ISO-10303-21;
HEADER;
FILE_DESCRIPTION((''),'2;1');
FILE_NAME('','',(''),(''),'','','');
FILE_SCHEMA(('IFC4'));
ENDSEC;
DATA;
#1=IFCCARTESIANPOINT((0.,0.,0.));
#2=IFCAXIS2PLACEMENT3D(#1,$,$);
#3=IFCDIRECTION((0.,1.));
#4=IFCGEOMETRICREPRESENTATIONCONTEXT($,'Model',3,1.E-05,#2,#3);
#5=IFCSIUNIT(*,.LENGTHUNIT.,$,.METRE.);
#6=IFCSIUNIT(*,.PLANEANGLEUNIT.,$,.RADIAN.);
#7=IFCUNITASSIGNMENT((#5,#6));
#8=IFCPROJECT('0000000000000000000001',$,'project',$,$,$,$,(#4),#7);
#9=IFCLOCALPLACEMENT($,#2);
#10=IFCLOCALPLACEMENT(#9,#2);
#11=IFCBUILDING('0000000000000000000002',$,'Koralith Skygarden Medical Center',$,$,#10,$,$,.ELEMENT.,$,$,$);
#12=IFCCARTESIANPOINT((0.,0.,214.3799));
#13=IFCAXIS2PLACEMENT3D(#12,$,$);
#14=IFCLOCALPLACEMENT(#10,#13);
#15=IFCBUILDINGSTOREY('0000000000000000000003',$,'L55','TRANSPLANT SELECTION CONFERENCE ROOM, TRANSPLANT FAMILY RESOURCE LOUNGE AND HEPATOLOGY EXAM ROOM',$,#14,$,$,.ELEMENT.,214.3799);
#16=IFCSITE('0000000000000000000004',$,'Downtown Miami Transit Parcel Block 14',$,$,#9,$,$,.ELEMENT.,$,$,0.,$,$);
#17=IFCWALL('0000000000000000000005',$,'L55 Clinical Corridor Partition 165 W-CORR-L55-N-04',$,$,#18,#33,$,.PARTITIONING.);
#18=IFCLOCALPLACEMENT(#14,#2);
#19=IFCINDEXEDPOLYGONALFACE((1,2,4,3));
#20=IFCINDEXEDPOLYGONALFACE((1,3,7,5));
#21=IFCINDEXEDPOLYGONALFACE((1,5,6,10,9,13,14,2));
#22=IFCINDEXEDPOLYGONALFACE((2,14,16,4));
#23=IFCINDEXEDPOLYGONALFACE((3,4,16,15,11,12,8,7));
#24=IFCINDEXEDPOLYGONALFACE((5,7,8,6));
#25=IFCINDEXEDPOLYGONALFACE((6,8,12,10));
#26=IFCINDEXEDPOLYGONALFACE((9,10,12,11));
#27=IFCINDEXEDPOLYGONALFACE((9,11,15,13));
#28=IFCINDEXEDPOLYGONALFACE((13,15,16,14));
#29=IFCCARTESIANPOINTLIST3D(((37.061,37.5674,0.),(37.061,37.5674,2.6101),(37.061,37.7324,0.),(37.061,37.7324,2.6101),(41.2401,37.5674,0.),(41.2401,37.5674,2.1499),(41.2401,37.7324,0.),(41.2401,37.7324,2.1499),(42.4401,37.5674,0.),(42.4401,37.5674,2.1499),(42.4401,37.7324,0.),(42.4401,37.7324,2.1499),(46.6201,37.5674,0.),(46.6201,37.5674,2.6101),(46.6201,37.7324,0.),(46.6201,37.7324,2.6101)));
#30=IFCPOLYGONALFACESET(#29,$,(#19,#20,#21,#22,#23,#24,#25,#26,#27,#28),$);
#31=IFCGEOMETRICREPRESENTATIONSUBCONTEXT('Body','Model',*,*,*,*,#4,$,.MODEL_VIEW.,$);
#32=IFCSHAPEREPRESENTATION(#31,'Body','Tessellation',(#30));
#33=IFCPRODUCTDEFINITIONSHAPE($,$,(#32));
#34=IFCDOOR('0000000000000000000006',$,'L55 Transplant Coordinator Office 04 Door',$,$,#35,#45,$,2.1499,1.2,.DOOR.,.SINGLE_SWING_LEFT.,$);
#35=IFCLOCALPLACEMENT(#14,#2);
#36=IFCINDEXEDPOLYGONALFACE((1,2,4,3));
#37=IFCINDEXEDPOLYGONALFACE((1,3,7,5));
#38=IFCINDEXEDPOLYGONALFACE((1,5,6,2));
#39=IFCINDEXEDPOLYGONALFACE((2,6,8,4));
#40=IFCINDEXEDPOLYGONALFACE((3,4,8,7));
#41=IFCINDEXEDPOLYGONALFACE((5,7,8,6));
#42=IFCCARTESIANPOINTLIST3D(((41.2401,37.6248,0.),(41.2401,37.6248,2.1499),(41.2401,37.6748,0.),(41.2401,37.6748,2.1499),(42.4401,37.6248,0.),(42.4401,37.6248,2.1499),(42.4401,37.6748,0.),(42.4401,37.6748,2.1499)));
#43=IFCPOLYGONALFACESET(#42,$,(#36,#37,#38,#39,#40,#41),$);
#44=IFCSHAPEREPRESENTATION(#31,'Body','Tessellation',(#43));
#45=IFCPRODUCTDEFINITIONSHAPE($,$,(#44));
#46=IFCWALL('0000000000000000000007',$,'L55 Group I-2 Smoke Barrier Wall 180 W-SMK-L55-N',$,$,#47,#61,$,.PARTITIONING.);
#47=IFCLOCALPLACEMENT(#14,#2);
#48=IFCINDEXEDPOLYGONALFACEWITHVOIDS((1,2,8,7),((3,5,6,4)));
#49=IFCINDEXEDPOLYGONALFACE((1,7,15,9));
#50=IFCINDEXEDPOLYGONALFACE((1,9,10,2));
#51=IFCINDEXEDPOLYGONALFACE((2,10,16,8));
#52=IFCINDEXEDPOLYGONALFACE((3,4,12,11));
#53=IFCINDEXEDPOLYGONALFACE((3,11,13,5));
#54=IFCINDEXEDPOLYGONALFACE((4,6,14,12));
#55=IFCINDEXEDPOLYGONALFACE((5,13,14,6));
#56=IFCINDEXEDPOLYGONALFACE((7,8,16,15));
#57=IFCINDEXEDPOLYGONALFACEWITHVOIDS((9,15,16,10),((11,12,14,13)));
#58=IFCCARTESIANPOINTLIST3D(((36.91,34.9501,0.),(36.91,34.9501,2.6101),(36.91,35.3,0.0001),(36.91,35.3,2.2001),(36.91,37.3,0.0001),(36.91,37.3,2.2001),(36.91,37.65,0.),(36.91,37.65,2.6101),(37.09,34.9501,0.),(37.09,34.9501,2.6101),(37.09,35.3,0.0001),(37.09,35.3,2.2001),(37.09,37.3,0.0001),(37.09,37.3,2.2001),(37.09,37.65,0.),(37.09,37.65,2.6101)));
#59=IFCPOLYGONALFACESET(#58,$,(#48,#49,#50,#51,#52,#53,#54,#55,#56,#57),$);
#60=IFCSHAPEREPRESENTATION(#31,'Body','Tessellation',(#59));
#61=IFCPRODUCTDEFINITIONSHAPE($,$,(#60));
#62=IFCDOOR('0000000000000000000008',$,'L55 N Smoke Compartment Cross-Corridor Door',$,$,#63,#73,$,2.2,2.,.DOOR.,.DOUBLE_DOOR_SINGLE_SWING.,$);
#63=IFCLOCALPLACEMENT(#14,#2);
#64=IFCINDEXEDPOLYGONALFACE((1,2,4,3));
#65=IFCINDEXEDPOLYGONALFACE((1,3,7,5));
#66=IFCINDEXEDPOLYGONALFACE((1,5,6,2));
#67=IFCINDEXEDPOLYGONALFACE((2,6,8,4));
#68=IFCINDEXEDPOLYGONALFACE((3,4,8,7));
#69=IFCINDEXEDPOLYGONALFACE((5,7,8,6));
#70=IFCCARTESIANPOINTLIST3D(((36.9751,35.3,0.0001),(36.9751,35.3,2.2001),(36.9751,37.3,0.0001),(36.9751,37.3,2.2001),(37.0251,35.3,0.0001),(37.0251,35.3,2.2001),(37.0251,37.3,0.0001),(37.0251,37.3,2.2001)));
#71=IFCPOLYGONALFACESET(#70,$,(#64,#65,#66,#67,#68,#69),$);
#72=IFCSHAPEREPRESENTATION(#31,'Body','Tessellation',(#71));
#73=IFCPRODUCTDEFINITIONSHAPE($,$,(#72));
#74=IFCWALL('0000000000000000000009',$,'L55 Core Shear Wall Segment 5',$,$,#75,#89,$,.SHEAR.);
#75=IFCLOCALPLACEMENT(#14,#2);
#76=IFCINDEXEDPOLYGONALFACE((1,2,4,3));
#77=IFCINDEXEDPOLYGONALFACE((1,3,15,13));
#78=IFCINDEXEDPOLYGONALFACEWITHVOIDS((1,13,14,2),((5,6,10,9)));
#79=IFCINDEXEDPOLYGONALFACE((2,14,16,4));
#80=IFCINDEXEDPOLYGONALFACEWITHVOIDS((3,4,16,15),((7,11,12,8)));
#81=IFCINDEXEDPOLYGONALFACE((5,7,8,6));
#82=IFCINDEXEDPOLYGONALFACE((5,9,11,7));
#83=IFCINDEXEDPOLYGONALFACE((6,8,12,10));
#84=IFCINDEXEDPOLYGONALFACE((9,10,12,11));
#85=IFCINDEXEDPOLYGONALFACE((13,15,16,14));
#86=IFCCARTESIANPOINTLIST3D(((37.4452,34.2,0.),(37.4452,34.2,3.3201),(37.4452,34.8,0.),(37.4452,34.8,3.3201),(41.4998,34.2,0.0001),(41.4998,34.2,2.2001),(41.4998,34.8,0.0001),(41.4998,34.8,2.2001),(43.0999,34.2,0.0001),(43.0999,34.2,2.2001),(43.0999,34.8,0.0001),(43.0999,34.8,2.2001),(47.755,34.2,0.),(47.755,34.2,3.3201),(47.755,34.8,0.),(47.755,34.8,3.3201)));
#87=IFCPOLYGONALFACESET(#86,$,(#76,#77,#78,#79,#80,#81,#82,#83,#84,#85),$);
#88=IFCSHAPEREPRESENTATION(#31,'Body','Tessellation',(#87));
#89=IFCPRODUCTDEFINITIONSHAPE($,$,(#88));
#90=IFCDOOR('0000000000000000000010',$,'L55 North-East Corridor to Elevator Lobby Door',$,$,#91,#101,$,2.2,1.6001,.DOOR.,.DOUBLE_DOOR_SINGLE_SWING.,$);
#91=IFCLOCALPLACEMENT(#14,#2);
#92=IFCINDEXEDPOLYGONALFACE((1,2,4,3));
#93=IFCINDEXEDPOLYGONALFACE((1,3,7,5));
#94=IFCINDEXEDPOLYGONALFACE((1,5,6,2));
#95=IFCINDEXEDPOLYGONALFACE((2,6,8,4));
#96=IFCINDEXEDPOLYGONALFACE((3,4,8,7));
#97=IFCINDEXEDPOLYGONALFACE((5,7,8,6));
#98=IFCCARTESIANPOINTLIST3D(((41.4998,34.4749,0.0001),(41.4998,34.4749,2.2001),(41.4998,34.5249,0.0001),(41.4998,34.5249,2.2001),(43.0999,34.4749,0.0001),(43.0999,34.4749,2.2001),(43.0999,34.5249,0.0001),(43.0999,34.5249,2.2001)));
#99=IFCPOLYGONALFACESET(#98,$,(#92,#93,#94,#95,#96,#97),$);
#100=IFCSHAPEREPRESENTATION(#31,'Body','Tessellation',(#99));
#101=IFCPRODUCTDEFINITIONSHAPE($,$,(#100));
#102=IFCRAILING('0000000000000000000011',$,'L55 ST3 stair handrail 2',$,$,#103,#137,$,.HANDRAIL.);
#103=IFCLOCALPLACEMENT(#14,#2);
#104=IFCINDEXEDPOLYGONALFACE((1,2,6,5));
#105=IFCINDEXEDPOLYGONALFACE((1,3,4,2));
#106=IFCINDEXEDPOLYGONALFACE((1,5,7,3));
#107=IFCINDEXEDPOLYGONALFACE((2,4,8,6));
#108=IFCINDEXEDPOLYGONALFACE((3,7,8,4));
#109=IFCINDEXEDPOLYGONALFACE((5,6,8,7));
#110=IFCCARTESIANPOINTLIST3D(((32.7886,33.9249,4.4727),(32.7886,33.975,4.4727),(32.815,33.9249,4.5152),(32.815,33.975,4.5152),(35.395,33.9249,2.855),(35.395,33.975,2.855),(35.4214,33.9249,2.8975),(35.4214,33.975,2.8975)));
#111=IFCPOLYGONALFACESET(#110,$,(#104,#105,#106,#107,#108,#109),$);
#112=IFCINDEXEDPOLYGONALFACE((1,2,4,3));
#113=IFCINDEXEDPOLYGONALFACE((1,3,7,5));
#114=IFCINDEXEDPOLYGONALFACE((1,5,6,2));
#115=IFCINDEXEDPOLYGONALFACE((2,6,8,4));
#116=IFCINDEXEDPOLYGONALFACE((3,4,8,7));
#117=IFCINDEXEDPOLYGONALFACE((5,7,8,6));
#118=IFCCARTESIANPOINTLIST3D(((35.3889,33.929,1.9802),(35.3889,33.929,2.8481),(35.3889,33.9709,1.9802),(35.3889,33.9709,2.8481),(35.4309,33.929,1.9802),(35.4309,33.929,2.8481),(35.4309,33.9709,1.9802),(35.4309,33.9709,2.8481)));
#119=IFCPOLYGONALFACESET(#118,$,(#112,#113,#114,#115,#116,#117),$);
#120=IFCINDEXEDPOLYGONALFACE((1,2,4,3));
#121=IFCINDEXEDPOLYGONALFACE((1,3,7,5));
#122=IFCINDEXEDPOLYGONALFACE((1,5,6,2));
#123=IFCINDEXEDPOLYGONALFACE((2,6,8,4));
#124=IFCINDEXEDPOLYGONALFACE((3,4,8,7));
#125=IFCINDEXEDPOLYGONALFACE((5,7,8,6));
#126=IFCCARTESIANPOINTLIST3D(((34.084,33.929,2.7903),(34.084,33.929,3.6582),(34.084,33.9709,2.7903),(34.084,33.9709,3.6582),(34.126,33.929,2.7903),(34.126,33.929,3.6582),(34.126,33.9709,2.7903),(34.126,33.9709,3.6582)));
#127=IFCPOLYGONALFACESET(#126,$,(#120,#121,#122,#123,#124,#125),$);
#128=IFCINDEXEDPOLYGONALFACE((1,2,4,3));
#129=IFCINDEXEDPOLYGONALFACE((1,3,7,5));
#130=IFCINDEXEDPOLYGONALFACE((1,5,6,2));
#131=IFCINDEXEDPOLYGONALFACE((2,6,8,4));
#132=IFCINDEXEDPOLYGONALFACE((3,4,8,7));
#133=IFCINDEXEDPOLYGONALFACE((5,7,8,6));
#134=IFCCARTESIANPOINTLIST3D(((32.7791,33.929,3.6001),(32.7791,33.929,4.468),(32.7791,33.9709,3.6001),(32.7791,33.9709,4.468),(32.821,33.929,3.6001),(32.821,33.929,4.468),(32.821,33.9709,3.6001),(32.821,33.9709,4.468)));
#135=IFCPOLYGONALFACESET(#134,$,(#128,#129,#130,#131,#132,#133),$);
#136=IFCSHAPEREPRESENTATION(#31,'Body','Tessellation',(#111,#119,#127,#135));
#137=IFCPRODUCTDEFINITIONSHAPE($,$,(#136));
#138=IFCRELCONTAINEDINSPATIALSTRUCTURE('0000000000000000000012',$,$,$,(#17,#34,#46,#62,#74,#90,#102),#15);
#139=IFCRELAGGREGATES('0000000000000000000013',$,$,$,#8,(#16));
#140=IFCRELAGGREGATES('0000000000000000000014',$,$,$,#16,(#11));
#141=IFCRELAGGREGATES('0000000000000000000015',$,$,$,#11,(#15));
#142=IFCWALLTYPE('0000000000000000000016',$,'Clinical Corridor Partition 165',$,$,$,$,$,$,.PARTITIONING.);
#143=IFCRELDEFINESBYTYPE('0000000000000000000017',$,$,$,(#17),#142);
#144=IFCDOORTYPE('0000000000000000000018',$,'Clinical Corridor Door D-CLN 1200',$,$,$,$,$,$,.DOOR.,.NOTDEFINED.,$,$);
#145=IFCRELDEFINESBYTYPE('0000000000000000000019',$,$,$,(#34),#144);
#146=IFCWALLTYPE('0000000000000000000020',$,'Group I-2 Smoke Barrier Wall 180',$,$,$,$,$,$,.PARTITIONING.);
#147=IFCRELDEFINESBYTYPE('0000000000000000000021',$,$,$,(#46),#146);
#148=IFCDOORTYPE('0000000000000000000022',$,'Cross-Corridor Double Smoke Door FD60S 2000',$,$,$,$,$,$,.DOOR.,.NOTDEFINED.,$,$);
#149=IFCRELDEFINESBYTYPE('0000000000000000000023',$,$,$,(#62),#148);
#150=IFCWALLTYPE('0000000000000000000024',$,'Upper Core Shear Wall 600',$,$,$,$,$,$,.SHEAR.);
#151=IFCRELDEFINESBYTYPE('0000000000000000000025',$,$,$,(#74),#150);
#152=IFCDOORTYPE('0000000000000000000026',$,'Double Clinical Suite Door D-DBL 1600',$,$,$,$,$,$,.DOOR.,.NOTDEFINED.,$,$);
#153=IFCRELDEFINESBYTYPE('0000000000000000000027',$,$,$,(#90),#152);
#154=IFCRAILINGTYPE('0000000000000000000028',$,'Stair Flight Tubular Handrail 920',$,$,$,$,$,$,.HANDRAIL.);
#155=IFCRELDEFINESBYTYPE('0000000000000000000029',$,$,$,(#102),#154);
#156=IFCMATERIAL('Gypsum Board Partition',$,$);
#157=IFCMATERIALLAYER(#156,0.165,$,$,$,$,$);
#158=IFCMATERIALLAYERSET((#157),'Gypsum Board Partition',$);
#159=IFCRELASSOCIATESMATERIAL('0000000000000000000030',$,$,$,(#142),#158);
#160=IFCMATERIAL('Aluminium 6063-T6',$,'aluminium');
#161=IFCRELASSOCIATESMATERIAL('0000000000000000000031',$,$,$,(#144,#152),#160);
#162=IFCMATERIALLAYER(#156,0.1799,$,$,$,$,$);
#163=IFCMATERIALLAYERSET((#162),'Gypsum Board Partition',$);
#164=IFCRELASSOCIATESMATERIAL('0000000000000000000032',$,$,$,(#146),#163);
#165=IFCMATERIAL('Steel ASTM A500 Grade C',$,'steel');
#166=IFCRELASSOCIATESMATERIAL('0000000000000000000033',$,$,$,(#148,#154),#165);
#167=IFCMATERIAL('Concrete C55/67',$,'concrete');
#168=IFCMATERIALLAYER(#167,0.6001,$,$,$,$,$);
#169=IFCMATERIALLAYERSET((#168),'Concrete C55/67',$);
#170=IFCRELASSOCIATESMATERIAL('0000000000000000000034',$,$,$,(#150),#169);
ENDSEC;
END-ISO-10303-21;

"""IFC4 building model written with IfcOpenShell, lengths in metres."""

from ifc_helpers import new_model, si_unit, direction, frame, frame_2d, origin, origin_2d, place, context, subcontext, project, spatial, rectangle, extrude, material, layer, layer_set, type_object, element, fill, save


model = new_model("IFC4")

# Units and contexts
model_context = context("Model", 3, precision=1e-05, world=origin(), true_north=direction((0.0, 1.0)))
body_context = subcontext(model_context, "Body", "Model", "MODEL_VIEW")
ifc_project = project(units=[si_unit("LENGTHUNIT", "METRE"), si_unit("PLANEANGLEUNIT", "RADIAN")], contexts=[model_context])

# Site, building, storey
site_placement = place(None, origin())
site = spatial("IfcSite", under=ifc_project, at=site_placement, Name="Downtown Miami Transit Parcel Block 14", CompositionType="ELEMENT", RefElevation=0.0)
building_placement = place(site_placement, origin())
building = spatial("IfcBuilding", under=site, at=building_placement, Name="Koralith Skygarden Medical Center", CompositionType="ELEMENT")
storey_placement = place(building_placement, frame((0.0, 0.0, 214.3799)))
storey = spatial("IfcBuildingStorey", under=building, at=storey_placement, Name="L55", Description="TRANSPLANT SELECTION CONFERENCE ROOM, TRANSPLANT FAMILY RESOURCE LOUNGE AND HEPATOLOGY EXAM ROOM", CompositionType="ELEMENT", Elevation=214.3799)

# Shared definitions
ifc_material_1 = material(Name="Concrete C55/67", Category="concrete")

# Shared definitions
ifc_material_2 = material(Name="Aluminium 6063-T6", Category="aluminium")

# Shared definitions
ifc_material_3 = material(Name="Gypsum Board Partition")

# Walls, openings, doors
ifc_layer_1 = layer(ifc_material_3, 0.165)
ifc_layer_set_1 = layer_set([ifc_layer_1], Name="Gypsum Board Partition")
wall_type_1 = type_object("IfcWallType", Name="Clinical Corridor Partition 165", PredefinedType="PARTITIONING", material=ifc_layer_set_1)
wall_1_placement = place(storey_placement, frame((37.061, 37.6499, 0.0), z_axis=(0.0, 0.0, 1.0), x_axis=(1.0, 0.0, 0.0)))
wall_1 = element("IfcWall", 1, at=wall_1_placement, inside=storey, type_object=wall_type_1, Name="L55 Clinical Corridor Partition 165 W-CORR-L55-N-04", PredefinedType="PARTITIONING", context=body_context, shape_type="SweptSolid", body=[
    extrude(rectangle(XDim=9.5591, YDim=0.165, at=frame_2d((4.7795, 0.0))), origin(), (0.0, 0.0, 1.0), 2.6101),
])
opening_1_placement = place(wall_1_placement, frame((4.179, 0.0, 0.0)))
opening_1 = element("IfcOpeningElement", 2, at=opening_1_placement, cuts=wall_1, PredefinedType="OPENING", context=body_context, shape_type="SweptSolid", body=[
    extrude(rectangle(XDim=1.2, YDim=2.1499, at=frame_2d((0.6001, 1.075))), frame((0.0, 0.0925, 0.0), z_axis=(0.0, -1.0, 0.0), x_axis=(1.0, 0.0, 0.0)), (0.0, 0.0, 1.0), 0.1851),
])
door_type_1 = type_object("IfcDoorType", Name="Clinical Corridor Door D-CLN 1200", OperationType="NOTDEFINED", PredefinedType="DOOR", material=ifc_material_2)
door_1_placement = place(opening_1_placement, origin())
door_1 = element("IfcDoor", 3, at=door_1_placement, inside=storey, type_object=door_type_1, Name="L55 Transplant Coordinator Office 04 Door", OperationType="SINGLE_SWING_LEFT", OverallHeight=2.1499, OverallWidth=1.2, PredefinedType="DOOR", context=body_context, shape_type="SweptSolid", body=[
    extrude(rectangle(XDim=1.2, YDim=2.1499, at=frame_2d((0.6001, 1.075))), frame((0.0, 0.0249, 0.0), z_axis=(0.0, -1.0, 0.0), x_axis=(1.0, 0.0, 0.0)), (0.0, 0.0, 1.0), 0.05),
])
fill(opening_1, door_1)
ifc_layer_2 = layer(ifc_material_3, 0.1799)
ifc_layer_set_2 = layer_set([ifc_layer_2], Name="Gypsum Board Partition")
wall_type_2 = type_object("IfcWallType", Name="Group I-2 Smoke Barrier Wall 180", PredefinedType="PARTITIONING", material=ifc_layer_set_2)
wall_2_placement = place(storey_placement, frame((37.0, 34.95, 0.0), z_axis=(0.0, 0.0, 1.0), x_axis=(0.0, 1.0, 0.0)))
wall_2 = element("IfcWall", 4, at=wall_2_placement, inside=storey, type_object=wall_type_2, Name="L55 Group I-2 Smoke Barrier Wall 180 W-SMK-L55-N", PredefinedType="PARTITIONING", context=body_context, shape_type="SweptSolid", body=[
    extrude(rectangle(XDim=2.7, YDim=0.1799, at=frame_2d((1.3501, 0.0))), origin(), (0.0, 0.0, 1.0), 2.6101),
])
opening_2_placement = place(wall_2_placement, frame((0.3501, 0.0, 0.0)))
opening_2 = element("IfcOpeningElement", 5, at=opening_2_placement, cuts=wall_2, PredefinedType="OPENING", context=body_context, shape_type="SweptSolid", body=[
    extrude(rectangle(XDim=2.0, YDim=2.2, at=frame_2d((1.0, 1.1001))), frame((0.0, 0.0999, 0.0), z_axis=(0.0, -1.0, 0.0), x_axis=(1.0, 0.0, 0.0)), (0.0, 0.0, 1.0), 0.2),
])
ifc_material_4 = material(Name="Steel ASTM A500 Grade C", Category="steel")
door_type_2 = type_object("IfcDoorType", Name="Cross-Corridor Double Smoke Door FD60S 2000", OperationType="NOTDEFINED", PredefinedType="DOOR", material=ifc_material_4)
door_2_placement = place(opening_2_placement, origin())
door_2 = element("IfcDoor", 6, at=door_2_placement, inside=storey, type_object=door_type_2, Name="L55 N Smoke Compartment Cross-Corridor Door", OperationType="DOUBLE_DOOR_SINGLE_SWING", OverallHeight=2.2, OverallWidth=2.0, PredefinedType="DOOR", context=body_context, shape_type="SweptSolid", body=[
    extrude(rectangle(XDim=2.0, YDim=2.2, at=frame_2d((1.0, 1.1001))), frame((0.0, 0.0249, 0.0), z_axis=(0.0, -1.0, 0.0), x_axis=(1.0, 0.0, 0.0)), (0.0, 0.0, 1.0), 0.05),
])
fill(opening_2, door_2)
ifc_layer_3 = layer(ifc_material_1, 0.6001)
ifc_layer_set_3 = layer_set([ifc_layer_3], Name="Concrete C55/67")
wall_type_3 = type_object("IfcWallType", Name="Upper Core Shear Wall 600", PredefinedType="SHEAR", material=ifc_layer_set_3)
wall_3_placement = place(storey_placement, frame((47.7549, 34.5, 0.0), z_axis=(0.0, 0.0, 1.0), x_axis=(-1.0, 0.0, 0.0)))
wall_3 = element("IfcWall", 7, at=wall_3_placement, inside=storey, type_object=wall_type_3, Name="L55 Core Shear Wall Segment 5", PredefinedType="SHEAR", context=body_context, shape_type="SweptSolid", body=[
    extrude(rectangle(XDim=10.3098, YDim=0.6001, at=frame_2d((5.1548, 0.0))), origin(), (0.0, 0.0, 1.0), 3.3201),
])
opening_3_placement = place(wall_3_placement, frame((4.655, 0.0, 0.0)))
opening_3 = element("IfcOpeningElement", 8, at=opening_3_placement, cuts=wall_3, PredefinedType="OPENING", context=body_context, shape_type="SweptSolid", body=[
    extrude(rectangle(XDim=1.6001, YDim=2.2, at=frame_2d((0.8, 1.1001))), frame((0.0, 0.3101, 0.0), z_axis=(0.0, -1.0, 0.0), x_axis=(1.0, 0.0, 0.0)), (0.0, 0.0, 1.0), 0.6201),
])
door_type_3 = type_object("IfcDoorType", Name="Double Clinical Suite Door D-DBL 1600", OperationType="NOTDEFINED", PredefinedType="DOOR", material=ifc_material_2)
door_3_placement = place(opening_3_placement, frame((1.6001, 0.0, 0.0), z_axis=(0.0, 0.0, 1.0), x_axis=(-1.0, 0.0, 0.0)))
door_3 = element("IfcDoor", 9, at=door_3_placement, inside=storey, type_object=door_type_3, Name="L55 North-East Corridor to Elevator Lobby Door", OperationType="DOUBLE_DOOR_SINGLE_SWING", OverallHeight=2.2, OverallWidth=1.6001, PredefinedType="DOOR", context=body_context, shape_type="SweptSolid", body=[
    extrude(rectangle(XDim=1.6001, YDim=2.2, at=frame_2d((0.8, 1.1001))), frame((0.0, 0.0249, 0.0), z_axis=(0.0, -1.0, 0.0), x_axis=(1.0, 0.0, 0.0)), (0.0, 0.0, 1.0), 0.05),
])
fill(opening_3, door_3)

# Railing
railing_type = type_object("IfcRailingType", Name="Stair Flight Tubular Handrail 920", PredefinedType="HANDRAIL", material=ifc_material_4)
railing_placement = place(storey_placement, frame((35.4099, 33.95, 1.9802)))
element("IfcRailing", 10, at=railing_placement, inside=storey, type_object=railing_type, Name="L55 ST3 stair handrail 2", PredefinedType="HANDRAIL", context=body_context, shape_type="SweptSolid", body=[
    extrude(rectangle(XDim=0.05, YDim=0.05, at=origin_2d()), frame((-0.0017, 0.0, 0.896), z_axis=(-0.849646, 0.0, 0.527353), x_axis=(0.0, -1.0, 0.0)), (0.0, 0.0, 1.0), 3.0676),
    extrude(rectangle(XDim=0.042, YDim=0.042, at=origin_2d()), origin(), (0.0, 0.0, 1.0), 0.8679),
    extrude(rectangle(XDim=0.042, YDim=0.042, at=origin_2d()), frame((-1.3049, 0.0, 0.8101)), (0.0, 0.0, 1.0), 0.8679),
    extrude(rectangle(XDim=0.042, YDim=0.042, at=origin_2d()), frame((-2.6099, 0.0, 1.6199)), (0.0, 0.0, 1.0), 0.8679),
])

save(model, "model.ifc")
